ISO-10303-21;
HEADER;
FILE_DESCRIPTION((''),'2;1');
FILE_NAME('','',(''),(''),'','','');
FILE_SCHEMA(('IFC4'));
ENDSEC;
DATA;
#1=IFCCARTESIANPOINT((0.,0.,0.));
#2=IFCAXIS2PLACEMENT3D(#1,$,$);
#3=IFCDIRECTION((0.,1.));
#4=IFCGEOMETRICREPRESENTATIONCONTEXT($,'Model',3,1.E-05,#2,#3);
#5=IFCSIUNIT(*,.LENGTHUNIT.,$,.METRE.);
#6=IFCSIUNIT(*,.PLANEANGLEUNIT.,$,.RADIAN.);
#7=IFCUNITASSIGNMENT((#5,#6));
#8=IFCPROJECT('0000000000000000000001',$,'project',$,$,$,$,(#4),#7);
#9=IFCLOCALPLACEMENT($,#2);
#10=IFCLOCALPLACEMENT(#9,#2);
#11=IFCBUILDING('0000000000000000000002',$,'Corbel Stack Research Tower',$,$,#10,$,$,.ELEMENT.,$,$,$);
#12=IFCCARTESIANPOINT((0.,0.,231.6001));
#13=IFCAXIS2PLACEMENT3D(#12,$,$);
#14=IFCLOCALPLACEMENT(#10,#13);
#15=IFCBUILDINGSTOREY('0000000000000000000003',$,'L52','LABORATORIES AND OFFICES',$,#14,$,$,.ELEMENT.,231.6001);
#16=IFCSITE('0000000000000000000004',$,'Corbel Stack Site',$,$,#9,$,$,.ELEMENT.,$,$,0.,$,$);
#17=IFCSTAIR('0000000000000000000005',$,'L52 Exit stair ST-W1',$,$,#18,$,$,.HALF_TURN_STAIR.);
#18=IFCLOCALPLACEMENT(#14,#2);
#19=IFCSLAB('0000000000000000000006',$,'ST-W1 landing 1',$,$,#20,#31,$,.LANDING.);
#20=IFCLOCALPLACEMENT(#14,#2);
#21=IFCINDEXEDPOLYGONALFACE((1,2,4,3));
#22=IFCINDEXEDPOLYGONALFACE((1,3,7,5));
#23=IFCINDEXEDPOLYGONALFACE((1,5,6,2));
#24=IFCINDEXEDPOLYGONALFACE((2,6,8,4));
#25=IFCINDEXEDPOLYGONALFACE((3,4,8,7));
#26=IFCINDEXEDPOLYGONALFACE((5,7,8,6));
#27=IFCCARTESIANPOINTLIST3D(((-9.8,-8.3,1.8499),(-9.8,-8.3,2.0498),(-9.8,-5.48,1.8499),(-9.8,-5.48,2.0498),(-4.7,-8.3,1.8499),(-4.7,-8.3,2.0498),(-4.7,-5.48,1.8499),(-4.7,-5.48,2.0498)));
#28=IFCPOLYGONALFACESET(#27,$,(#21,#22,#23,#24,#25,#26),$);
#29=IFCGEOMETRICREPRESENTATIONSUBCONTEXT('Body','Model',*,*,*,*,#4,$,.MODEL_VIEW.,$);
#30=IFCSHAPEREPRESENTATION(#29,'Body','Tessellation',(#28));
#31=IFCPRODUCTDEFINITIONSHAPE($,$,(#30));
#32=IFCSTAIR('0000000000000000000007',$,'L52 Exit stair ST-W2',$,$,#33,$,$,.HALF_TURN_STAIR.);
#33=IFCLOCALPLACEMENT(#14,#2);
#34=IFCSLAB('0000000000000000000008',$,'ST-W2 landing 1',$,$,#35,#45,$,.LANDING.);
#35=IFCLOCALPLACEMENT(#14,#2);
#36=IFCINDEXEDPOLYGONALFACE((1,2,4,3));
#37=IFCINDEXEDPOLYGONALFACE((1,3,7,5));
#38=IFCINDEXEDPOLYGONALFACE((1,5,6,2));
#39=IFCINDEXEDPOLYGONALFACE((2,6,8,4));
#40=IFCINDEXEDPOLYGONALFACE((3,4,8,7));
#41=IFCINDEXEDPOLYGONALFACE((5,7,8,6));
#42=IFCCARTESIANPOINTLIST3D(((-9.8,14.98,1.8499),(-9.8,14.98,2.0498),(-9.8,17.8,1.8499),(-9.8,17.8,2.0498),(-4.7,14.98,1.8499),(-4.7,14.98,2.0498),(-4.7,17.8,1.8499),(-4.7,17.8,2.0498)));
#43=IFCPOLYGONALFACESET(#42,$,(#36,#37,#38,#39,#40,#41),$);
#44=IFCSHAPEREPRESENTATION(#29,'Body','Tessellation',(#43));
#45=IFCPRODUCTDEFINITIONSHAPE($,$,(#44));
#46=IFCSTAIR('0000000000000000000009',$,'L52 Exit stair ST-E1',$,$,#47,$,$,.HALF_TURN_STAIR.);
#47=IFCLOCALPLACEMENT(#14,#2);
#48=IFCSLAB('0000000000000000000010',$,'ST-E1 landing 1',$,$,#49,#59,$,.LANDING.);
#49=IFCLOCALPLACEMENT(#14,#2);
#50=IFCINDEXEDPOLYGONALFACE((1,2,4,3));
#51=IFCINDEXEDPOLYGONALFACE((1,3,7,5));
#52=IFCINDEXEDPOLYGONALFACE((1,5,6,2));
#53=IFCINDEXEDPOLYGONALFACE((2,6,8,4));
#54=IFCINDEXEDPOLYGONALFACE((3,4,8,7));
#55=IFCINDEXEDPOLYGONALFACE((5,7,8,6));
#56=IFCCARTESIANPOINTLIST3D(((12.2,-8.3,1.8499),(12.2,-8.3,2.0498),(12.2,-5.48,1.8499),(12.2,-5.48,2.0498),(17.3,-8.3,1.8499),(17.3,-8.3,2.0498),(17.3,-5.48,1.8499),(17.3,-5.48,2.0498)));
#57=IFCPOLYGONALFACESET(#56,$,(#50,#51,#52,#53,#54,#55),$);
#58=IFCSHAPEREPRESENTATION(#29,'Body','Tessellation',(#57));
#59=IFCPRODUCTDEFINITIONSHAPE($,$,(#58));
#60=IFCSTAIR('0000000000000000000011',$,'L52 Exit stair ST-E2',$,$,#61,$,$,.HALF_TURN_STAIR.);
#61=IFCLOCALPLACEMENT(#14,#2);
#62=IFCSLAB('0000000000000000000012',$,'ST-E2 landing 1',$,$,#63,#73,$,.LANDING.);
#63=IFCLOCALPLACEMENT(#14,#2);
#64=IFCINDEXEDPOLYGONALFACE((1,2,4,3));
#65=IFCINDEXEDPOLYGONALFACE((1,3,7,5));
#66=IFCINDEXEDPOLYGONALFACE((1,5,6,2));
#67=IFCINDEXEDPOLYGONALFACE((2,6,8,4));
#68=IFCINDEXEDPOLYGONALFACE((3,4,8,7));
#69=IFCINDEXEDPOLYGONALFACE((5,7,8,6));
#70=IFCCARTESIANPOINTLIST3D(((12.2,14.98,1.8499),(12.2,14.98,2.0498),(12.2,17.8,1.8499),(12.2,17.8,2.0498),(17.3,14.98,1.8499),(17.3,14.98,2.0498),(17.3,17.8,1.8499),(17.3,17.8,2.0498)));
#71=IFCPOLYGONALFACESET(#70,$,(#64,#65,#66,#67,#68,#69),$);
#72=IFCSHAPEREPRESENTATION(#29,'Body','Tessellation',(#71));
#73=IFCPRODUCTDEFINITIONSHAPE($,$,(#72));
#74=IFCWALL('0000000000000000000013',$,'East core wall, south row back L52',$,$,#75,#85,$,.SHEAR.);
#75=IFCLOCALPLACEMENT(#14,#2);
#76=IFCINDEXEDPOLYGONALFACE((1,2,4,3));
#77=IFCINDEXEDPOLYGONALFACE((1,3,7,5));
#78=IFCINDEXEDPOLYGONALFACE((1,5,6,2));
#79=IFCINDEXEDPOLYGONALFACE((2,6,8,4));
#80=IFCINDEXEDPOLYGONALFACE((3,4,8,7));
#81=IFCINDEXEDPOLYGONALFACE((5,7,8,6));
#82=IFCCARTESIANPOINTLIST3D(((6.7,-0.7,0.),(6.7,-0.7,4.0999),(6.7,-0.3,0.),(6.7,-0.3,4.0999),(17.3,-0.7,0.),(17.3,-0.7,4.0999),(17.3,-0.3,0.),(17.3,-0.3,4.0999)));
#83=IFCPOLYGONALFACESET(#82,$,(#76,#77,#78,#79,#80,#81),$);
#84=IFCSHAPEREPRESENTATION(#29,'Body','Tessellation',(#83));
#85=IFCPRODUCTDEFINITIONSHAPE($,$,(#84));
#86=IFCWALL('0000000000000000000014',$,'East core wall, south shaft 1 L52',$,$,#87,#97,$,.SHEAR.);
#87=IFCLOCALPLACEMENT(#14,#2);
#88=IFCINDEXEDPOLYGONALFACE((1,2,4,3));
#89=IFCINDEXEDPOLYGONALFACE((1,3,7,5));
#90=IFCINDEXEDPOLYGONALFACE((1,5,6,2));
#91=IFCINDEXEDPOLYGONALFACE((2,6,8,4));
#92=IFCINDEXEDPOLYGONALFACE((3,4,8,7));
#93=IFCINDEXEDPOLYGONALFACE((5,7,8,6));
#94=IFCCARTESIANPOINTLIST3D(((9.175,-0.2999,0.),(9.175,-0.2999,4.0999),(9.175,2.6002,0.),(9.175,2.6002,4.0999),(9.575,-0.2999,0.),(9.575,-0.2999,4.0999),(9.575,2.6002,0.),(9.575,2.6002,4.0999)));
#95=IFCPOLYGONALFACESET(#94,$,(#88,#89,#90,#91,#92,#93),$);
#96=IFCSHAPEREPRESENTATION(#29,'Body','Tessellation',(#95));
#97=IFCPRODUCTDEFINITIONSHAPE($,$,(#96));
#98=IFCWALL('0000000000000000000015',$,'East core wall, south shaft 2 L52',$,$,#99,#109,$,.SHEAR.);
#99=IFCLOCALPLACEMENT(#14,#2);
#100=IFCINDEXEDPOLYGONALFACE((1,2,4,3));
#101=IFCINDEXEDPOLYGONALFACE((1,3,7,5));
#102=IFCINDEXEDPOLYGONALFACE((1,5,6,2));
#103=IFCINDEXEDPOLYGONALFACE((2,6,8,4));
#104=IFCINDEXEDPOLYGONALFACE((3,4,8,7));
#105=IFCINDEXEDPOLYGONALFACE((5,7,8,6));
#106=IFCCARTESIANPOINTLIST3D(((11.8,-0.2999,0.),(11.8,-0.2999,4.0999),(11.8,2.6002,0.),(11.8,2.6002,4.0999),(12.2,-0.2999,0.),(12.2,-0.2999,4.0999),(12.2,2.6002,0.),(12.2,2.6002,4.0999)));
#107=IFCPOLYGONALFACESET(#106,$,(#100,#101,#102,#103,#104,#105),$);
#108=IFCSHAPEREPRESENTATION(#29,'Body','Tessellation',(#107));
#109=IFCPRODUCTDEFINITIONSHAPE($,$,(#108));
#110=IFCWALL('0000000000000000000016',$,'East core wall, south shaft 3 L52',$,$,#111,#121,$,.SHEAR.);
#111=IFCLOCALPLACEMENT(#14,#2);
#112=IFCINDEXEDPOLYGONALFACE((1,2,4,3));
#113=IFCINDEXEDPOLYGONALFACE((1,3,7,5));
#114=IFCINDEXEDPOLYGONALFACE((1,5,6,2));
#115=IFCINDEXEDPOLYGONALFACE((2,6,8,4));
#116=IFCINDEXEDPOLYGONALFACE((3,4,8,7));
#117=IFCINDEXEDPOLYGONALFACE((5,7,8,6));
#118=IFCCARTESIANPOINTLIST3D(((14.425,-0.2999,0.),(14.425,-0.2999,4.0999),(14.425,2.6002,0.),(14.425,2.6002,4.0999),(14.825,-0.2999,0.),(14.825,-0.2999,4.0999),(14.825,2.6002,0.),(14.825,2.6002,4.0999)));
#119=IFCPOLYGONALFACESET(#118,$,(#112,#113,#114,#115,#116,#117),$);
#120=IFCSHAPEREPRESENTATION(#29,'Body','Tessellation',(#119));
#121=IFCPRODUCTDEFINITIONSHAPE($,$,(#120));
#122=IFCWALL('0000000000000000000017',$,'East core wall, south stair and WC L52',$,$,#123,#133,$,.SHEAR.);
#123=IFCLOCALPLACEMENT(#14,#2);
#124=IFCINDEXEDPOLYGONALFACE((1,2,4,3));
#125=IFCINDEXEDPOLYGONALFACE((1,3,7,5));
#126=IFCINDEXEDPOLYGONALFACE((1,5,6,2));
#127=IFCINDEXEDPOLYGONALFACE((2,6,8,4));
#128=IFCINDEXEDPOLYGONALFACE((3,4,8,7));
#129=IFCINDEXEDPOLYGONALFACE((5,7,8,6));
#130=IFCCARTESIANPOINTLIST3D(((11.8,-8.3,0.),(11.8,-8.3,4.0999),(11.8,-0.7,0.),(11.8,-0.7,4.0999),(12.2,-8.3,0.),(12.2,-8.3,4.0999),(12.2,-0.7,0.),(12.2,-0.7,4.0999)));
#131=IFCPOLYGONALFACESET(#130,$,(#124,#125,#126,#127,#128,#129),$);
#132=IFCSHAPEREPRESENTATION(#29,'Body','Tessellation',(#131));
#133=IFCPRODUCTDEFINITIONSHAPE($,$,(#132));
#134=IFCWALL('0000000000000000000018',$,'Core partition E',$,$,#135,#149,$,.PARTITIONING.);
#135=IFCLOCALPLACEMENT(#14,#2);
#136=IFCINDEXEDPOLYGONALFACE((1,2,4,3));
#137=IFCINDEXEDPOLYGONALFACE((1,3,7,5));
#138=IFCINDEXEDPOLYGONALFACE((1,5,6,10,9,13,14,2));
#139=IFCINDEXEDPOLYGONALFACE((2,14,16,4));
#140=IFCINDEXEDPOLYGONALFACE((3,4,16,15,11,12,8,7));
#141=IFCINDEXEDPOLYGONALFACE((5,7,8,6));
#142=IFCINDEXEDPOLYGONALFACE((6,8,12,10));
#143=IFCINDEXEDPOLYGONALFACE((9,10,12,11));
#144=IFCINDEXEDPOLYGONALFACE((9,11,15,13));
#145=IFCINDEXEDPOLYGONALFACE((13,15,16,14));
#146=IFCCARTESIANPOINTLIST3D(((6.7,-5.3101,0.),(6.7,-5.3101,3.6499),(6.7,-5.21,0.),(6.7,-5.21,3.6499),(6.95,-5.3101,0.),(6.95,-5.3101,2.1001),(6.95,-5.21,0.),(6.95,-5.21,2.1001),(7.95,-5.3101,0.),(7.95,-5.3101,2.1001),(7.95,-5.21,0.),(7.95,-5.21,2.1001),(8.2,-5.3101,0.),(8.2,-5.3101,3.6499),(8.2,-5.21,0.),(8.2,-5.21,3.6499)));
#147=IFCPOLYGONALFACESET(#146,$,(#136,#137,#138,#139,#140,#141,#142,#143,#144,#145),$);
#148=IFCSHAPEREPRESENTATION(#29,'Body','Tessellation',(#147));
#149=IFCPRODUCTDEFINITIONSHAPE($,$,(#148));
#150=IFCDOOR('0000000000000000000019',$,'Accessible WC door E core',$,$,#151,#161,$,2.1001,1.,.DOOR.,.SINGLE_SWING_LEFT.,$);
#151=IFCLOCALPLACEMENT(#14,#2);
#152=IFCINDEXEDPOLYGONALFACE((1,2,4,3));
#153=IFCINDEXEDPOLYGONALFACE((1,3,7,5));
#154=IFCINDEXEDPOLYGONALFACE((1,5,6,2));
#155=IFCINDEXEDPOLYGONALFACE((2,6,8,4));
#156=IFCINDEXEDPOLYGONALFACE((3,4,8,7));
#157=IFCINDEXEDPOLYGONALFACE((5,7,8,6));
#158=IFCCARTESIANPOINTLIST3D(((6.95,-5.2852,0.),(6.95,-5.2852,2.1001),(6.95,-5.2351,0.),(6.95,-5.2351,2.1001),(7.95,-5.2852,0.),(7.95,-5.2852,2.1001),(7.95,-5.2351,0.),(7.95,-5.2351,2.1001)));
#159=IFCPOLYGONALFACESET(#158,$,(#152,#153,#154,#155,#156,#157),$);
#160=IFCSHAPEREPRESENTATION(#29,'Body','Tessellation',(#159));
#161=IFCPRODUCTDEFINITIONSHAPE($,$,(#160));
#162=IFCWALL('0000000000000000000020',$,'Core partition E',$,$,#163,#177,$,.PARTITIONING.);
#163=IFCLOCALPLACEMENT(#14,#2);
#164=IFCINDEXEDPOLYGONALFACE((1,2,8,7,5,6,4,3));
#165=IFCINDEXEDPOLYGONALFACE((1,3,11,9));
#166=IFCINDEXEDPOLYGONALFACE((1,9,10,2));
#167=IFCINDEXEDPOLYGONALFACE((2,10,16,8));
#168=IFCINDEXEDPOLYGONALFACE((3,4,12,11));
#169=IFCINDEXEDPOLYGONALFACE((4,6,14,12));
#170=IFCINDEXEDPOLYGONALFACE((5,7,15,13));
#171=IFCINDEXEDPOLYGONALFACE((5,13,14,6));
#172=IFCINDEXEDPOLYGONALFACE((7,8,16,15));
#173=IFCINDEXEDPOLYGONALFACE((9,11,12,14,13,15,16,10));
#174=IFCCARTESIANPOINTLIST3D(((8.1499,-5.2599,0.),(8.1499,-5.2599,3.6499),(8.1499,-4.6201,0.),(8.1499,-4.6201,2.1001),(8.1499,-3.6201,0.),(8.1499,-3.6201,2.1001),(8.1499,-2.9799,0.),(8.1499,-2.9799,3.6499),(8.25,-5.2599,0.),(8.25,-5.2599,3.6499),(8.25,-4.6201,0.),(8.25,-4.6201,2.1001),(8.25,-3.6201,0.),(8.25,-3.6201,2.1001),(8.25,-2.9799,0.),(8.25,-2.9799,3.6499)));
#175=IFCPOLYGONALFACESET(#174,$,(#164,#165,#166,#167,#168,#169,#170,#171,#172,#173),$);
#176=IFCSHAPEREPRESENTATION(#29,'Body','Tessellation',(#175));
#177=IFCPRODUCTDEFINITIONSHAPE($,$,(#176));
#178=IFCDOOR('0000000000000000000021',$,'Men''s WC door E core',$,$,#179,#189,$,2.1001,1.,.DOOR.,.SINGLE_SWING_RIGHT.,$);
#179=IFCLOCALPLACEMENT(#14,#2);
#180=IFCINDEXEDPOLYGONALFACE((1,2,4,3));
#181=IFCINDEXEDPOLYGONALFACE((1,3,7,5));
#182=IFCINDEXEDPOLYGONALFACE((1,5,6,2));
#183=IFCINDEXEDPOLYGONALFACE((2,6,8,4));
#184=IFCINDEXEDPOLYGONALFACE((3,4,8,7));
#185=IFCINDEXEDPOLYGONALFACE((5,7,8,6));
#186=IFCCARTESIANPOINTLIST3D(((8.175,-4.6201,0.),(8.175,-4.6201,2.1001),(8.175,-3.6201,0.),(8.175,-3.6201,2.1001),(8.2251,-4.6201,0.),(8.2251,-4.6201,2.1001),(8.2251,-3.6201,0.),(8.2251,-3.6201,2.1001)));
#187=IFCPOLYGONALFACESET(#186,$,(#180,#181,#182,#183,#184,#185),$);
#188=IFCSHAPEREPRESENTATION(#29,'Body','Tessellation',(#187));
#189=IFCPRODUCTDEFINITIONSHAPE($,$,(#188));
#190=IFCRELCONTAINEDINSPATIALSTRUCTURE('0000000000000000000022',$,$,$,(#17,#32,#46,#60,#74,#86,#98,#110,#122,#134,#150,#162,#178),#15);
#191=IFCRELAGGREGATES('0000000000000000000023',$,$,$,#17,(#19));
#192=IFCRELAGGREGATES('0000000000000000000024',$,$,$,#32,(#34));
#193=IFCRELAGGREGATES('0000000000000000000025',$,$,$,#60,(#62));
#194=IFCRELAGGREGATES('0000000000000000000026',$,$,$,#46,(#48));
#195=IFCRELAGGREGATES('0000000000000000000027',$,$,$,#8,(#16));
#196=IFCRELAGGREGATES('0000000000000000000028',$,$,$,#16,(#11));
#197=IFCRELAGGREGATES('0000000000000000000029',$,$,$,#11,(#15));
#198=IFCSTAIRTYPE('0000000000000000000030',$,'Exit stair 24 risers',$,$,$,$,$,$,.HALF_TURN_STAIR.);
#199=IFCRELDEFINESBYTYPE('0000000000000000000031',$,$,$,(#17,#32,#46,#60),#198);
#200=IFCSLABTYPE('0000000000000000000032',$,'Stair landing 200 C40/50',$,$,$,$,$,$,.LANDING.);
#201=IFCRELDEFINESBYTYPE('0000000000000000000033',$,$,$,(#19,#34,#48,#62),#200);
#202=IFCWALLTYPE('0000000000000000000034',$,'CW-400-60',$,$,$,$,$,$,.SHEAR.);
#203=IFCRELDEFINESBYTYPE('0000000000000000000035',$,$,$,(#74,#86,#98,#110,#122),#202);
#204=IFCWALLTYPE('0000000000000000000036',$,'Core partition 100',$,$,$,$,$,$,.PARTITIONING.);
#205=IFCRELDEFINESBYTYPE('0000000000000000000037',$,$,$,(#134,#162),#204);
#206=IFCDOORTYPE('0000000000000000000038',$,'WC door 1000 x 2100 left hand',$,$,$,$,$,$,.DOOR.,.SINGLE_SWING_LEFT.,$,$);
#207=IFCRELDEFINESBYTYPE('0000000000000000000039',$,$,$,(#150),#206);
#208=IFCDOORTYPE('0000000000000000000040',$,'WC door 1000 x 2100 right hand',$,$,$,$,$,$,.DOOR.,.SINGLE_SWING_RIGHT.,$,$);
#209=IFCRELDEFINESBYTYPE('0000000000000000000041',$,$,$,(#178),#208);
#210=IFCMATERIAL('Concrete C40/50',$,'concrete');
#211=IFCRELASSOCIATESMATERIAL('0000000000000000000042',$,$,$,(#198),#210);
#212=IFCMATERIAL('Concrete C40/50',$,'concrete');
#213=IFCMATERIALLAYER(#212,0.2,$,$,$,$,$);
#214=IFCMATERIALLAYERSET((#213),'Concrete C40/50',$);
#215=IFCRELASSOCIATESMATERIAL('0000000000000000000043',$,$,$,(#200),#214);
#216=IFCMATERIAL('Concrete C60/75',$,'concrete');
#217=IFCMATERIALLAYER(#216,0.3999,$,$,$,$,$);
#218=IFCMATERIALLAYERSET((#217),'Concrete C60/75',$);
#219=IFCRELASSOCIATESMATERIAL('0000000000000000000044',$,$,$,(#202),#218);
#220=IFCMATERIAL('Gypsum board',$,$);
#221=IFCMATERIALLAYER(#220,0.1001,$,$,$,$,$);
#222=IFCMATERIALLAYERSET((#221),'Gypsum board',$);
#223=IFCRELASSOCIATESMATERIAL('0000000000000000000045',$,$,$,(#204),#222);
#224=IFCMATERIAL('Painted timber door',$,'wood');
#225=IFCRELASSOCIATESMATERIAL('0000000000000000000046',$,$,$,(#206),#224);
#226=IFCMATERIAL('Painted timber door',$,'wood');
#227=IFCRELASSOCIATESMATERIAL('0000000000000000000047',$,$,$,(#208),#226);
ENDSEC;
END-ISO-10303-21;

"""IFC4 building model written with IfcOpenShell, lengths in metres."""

from ifc_helpers import new_model, si_unit, direction, frame, frame_2d, origin, place, context, subcontext, project, spatial, polyline, rectangle, outline, extrude, material, layer, layer_set, type_object, element, fill, aggregate, save


model = new_model("IFC4")

# Units and contexts
model_context = context("Model", 3, precision=1e-05, world=origin(), true_north=direction((0.0, 1.0)))
body_context = subcontext(model_context, "Body", "Model", "MODEL_VIEW")
ifc_project = project(units=[si_unit("LENGTHUNIT", "METRE"), si_unit("PLANEANGLEUNIT", "RADIAN")], contexts=[model_context])

# Site, building, storey
site_placement = place(None, origin())
site = spatial("IfcSite", under=ifc_project, at=site_placement, Name="Corbel Stack Site", CompositionType="ELEMENT", RefElevation=0.0)
building_placement = place(site_placement, origin())
building = spatial("IfcBuilding", under=site, at=building_placement, Name="Corbel Stack Research Tower", CompositionType="ELEMENT")
storey_placement = place(building_placement, frame((0.0, 0.0, 231.6001)))
storey = spatial("IfcBuildingStorey", under=building, at=storey_placement, Name="L52", Description="LABORATORIES AND OFFICES", CompositionType="ELEMENT", Elevation=231.6001)

# Stairs, slabs
ifc_material_1 = material(Name="Concrete C40/50", Category="concrete")
stair_type = type_object("IfcStairType", Name="Exit stair 24 risers", PredefinedType="HALF_TURN_STAIR", material=ifc_material_1)
stair_1_placement = place(storey_placement, origin())
stair_1 = element("IfcStair", 1, at=stair_1_placement, inside=storey, type_object=stair_type, Name="L52 Exit stair ST-W1", PredefinedType="HALF_TURN_STAIR")
ifc_material_2 = material(Name="Concrete C40/50", Category="concrete")
ifc_layer_1 = layer(ifc_material_2, 0.2)
ifc_layer_set_1 = layer_set([ifc_layer_1], Name="Concrete C40/50")
slab_type = type_object("IfcSlabType", Name="Stair landing 200 C40/50", PredefinedType="LANDING", material=ifc_layer_set_1)
slab_1_placement = place(storey_placement, frame((0.0, 0.0, 1.8499)))
slab_1 = element("IfcSlab", 2, at=slab_1_placement, type_object=slab_type, Name="ST-W1 landing 1", PredefinedType="LANDING", context=body_context, shape_type="SweptSolid", body=[
    extrude(outline(polyline([(-9.8, -8.3), (-9.8, -5.48), (-4.7, -5.48), (-4.7, -8.3), (-9.8, -8.3)])), origin(), (0.0, 0.0, 1.0), 0.2),
])
aggregate(stair_1, [slab_1])
stair_2_placement = place(storey_placement, origin())
stair_2 = element("IfcStair", 3, at=stair_2_placement, inside=storey, type_object=stair_type, Name="L52 Exit stair ST-W2", PredefinedType="HALF_TURN_STAIR")
slab_2_placement = place(storey_placement, frame((0.0, 0.0, 1.8499)))
slab_2 = element("IfcSlab", 4, at=slab_2_placement, type_object=slab_type, Name="ST-W2 landing 1", PredefinedType="LANDING", context=body_context, shape_type="SweptSolid", body=[
    extrude(outline(polyline([(-9.8, 14.98), (-9.8, 17.8), (-4.7, 17.8), (-4.7, 14.98), (-9.8, 14.98)])), origin(), (0.0, 0.0, 1.0), 0.2),
])
aggregate(stair_2, [slab_2])
stair_3_placement = place(storey_placement, origin())
stair_3 = element("IfcStair", 5, at=stair_3_placement, inside=storey, type_object=stair_type, Name="L52 Exit stair ST-E1", PredefinedType="HALF_TURN_STAIR")
slab_3_placement = place(storey_placement, frame((0.0, 0.0, 1.8499)))
slab_3 = element("IfcSlab", 6, at=slab_3_placement, type_object=slab_type, Name="ST-E1 landing 1", PredefinedType="LANDING", context=body_context, shape_type="SweptSolid", body=[
    extrude(outline(polyline([(12.2, -8.3), (12.2, -5.48), (17.3, -5.48), (17.3, -8.3), (12.2, -8.3)])), origin(), (0.0, 0.0, 1.0), 0.2),
])
stair_4_placement = place(storey_placement, origin())
stair_4 = element("IfcStair", 7, at=stair_4_placement, inside=storey, type_object=stair_type, Name="L52 Exit stair ST-E2", PredefinedType="HALF_TURN_STAIR")
slab_4_placement = place(storey_placement, frame((0.0, 0.0, 1.8499)))
slab_4 = element("IfcSlab", 8, at=slab_4_placement, type_object=slab_type, Name="ST-E2 landing 1", PredefinedType="LANDING", context=body_context, shape_type="SweptSolid", body=[
    extrude(outline(polyline([(12.2, 14.98), (12.2, 17.8), (17.3, 17.8), (17.3, 14.98), (12.2, 14.98)])), origin(), (0.0, 0.0, 1.0), 0.2),
])
aggregate(stair_4, [slab_4])

# Walls
ifc_material_3 = material(Name="Concrete C60/75", Category="concrete")
ifc_layer_2 = layer(ifc_material_3, 0.3999)
ifc_layer_set_2 = layer_set([ifc_layer_2], Name="Concrete C60/75")
wall_type_1 = type_object("IfcWallType", Name="CW-400-60", PredefinedType="SHEAR", material=ifc_layer_set_2)
wall_1_placement = place(storey_placement, frame((6.7, -0.5, 0.0), z_axis=(0.0, 0.0, 1.0), x_axis=(1.0, 0.0, 0.0)))
element("IfcWall", 9, at=wall_1_placement, inside=storey, type_object=wall_type_1, Name="East core wall, south row back L52", PredefinedType="SHEAR", context=body_context, shape_type="SweptSolid", body=[
    extrude(rectangle(XDim=10.6001, YDim=0.3999, at=frame_2d((5.3, 0.0))), origin(), (0.0, 0.0, 1.0), 4.0999),
])
for number, where, z_axis, x_axis, name in (
    (10, (9.375, -0.3, 0.0), (0.0, 0.0, 1.0), (0.0, 1.0, 0.0), "East core wall, south shaft 1 L52"),
    (11, (12.0, -0.3, 0.0), (0.0, 0.0, 1.0), (0.0, 1.0, 0.0), "East core wall, south shaft 2 L52"),
    (12, (14.625, -0.3, 0.0), (0.0, 0.0, 1.0), (0.0, 1.0, 0.0), "East core wall, south shaft 3 L52"),
):
    element("IfcWall", number, at=place(storey_placement, frame(where, z_axis=z_axis, x_axis=x_axis)), inside=storey, type_object=wall_type_1, Name=name, PredefinedType="SHEAR", context=body_context, shape_type="SweptSolid", body=[
        extrude(rectangle(XDim=2.9001, YDim=0.3999, at=frame_2d((1.4502, 0.0))), origin(), (0.0, 0.0, 1.0), 4.0999),
    ])
wall_2_placement = place(storey_placement, frame((12.0, -8.3, 0.0), z_axis=(0.0, 0.0, 1.0), x_axis=(0.0, 1.0, 0.0)))
element("IfcWall", 13, at=wall_2_placement, inside=storey, type_object=wall_type_1, Name="East core wall, south stair and WC L52", PredefinedType="SHEAR", context=body_context, shape_type="SweptSolid", body=[
    extrude(rectangle(XDim=7.6001, YDim=0.3999, at=frame_2d((3.8, 0.0))), origin(), (0.0, 0.0, 1.0), 4.0999),
])

# Walls, openings, doors
ifc_material_4 = material(Name="Gypsum board")
ifc_layer_3 = layer(ifc_material_4, 0.1001)
ifc_layer_set_3 = layer_set([ifc_layer_3], Name="Gypsum board")
wall_type_2 = type_object("IfcWallType", Name="Core partition 100", PredefinedType="PARTITIONING", material=ifc_layer_set_3)
wall_3_placement = place(storey_placement, frame((6.7, -5.26, 0.0), z_axis=(0.0, 0.0, 1.0), x_axis=(1.0, 0.0, 0.0)))
wall_3 = element("IfcWall", 14, at=wall_3_placement, inside=storey, type_object=wall_type_2, Name="Core partition E", PredefinedType="PARTITIONING", context=body_context, shape_type="SweptSolid", body=[
    extrude(rectangle(XDim=1.5, YDim=0.1001, at=frame_2d((0.75, 0.0))), origin(), (0.0, 0.0, 1.0), 3.6499),
])
opening_1_placement = place(wall_3_placement, frame((0.25, 0.0, 0.0)))
opening_1 = element("IfcOpeningElement", 15, at=opening_1_placement, cuts=wall_3, PredefinedType="OPENING", context=body_context, shape_type="SweptSolid", body=[
    extrude(rectangle(XDim=1.0, YDim=2.1001, at=frame_2d((0.5, 1.05))), frame((0.0, 0.0601, 0.0), z_axis=(0.0, -1.0, 0.0), x_axis=(1.0, 0.0, 0.0)), (0.0, 0.0, 1.0), 0.1201),
])
ifc_material_5 = material(Name="Painted timber door", Category="wood")
door_type_1 = type_object("IfcDoorType", Name="WC door 1000 x 2100 left hand", OperationType="SINGLE_SWING_LEFT", PredefinedType="DOOR", material=ifc_material_5)
door_1_placement = place(opening_1_placement, origin())
door_1 = element("IfcDoor", 16, at=door_1_placement, inside=storey, type_object=door_type_1, Name="Accessible WC door E core", OperationType="SINGLE_SWING_LEFT", OverallHeight=2.1001, OverallWidth=1.0, PredefinedType="DOOR", context=body_context, shape_type="SweptSolid", body=[
    extrude(rectangle(XDim=1.0, YDim=2.1001, at=frame_2d((0.5, 1.05))), frame((0.0, 0.0249, 0.0), z_axis=(0.0, -1.0, 0.0), x_axis=(1.0, 0.0, 0.0)), (0.0, 0.0, 1.0), 0.05),
])
fill(opening_1, door_1)
wall_4_placement = place(storey_placement, frame((8.2, -5.26, 0.0), z_axis=(0.0, 0.0, 1.0), x_axis=(0.0, 1.0, 0.0)))
wall_4 = element("IfcWall", 17, at=wall_4_placement, inside=storey, type_object=wall_type_2, Name="Core partition E", PredefinedType="PARTITIONING", context=body_context, shape_type="SweptSolid", body=[
    extrude(rectangle(XDim=2.28, YDim=0.1001, at=frame_2d((1.1401, 0.0))), origin(), (0.0, 0.0, 1.0), 3.6499),
])
opening_2_placement = place(wall_4_placement, frame((0.6399, 0.0, 0.0)))
opening_2 = element("IfcOpeningElement", 18, at=opening_2_placement, cuts=wall_4, PredefinedType="OPENING", context=body_context, shape_type="SweptSolid", body=[
    extrude(rectangle(XDim=1.0, YDim=2.1001, at=frame_2d((0.5, 1.05))), frame((0.0, 0.0601, 0.0), z_axis=(0.0, -1.0, 0.0), x_axis=(1.0, 0.0, 0.0)), (0.0, 0.0, 1.0), 0.1201),
])
ifc_material_6 = material(Name="Painted timber door", Category="wood")
door_type_2 = type_object("IfcDoorType", Name="WC door 1000 x 2100 right hand", OperationType="SINGLE_SWING_RIGHT", PredefinedType="DOOR", material=ifc_material_6)
door_2_placement = place(opening_2_placement, origin())
door_2 = element("IfcDoor", 19, at=door_2_placement, inside=storey, type_object=door_type_2, Name="Men's WC door E core", OperationType="SINGLE_SWING_RIGHT", OverallHeight=2.1001, OverallWidth=1.0, PredefinedType="DOOR", context=body_context, shape_type="SweptSolid", body=[
    extrude(rectangle(XDim=1.0, YDim=2.1001, at=frame_2d((0.5, 1.05))), frame((0.0, 0.0249, 0.0), z_axis=(0.0, -1.0, 0.0), x_axis=(1.0, 0.0, 0.0)), (0.0, 0.0, 1.0), 0.05),
])
fill(opening_2, door_2)

aggregate(stair_3, [slab_3])

save(model, "model.ifc")
